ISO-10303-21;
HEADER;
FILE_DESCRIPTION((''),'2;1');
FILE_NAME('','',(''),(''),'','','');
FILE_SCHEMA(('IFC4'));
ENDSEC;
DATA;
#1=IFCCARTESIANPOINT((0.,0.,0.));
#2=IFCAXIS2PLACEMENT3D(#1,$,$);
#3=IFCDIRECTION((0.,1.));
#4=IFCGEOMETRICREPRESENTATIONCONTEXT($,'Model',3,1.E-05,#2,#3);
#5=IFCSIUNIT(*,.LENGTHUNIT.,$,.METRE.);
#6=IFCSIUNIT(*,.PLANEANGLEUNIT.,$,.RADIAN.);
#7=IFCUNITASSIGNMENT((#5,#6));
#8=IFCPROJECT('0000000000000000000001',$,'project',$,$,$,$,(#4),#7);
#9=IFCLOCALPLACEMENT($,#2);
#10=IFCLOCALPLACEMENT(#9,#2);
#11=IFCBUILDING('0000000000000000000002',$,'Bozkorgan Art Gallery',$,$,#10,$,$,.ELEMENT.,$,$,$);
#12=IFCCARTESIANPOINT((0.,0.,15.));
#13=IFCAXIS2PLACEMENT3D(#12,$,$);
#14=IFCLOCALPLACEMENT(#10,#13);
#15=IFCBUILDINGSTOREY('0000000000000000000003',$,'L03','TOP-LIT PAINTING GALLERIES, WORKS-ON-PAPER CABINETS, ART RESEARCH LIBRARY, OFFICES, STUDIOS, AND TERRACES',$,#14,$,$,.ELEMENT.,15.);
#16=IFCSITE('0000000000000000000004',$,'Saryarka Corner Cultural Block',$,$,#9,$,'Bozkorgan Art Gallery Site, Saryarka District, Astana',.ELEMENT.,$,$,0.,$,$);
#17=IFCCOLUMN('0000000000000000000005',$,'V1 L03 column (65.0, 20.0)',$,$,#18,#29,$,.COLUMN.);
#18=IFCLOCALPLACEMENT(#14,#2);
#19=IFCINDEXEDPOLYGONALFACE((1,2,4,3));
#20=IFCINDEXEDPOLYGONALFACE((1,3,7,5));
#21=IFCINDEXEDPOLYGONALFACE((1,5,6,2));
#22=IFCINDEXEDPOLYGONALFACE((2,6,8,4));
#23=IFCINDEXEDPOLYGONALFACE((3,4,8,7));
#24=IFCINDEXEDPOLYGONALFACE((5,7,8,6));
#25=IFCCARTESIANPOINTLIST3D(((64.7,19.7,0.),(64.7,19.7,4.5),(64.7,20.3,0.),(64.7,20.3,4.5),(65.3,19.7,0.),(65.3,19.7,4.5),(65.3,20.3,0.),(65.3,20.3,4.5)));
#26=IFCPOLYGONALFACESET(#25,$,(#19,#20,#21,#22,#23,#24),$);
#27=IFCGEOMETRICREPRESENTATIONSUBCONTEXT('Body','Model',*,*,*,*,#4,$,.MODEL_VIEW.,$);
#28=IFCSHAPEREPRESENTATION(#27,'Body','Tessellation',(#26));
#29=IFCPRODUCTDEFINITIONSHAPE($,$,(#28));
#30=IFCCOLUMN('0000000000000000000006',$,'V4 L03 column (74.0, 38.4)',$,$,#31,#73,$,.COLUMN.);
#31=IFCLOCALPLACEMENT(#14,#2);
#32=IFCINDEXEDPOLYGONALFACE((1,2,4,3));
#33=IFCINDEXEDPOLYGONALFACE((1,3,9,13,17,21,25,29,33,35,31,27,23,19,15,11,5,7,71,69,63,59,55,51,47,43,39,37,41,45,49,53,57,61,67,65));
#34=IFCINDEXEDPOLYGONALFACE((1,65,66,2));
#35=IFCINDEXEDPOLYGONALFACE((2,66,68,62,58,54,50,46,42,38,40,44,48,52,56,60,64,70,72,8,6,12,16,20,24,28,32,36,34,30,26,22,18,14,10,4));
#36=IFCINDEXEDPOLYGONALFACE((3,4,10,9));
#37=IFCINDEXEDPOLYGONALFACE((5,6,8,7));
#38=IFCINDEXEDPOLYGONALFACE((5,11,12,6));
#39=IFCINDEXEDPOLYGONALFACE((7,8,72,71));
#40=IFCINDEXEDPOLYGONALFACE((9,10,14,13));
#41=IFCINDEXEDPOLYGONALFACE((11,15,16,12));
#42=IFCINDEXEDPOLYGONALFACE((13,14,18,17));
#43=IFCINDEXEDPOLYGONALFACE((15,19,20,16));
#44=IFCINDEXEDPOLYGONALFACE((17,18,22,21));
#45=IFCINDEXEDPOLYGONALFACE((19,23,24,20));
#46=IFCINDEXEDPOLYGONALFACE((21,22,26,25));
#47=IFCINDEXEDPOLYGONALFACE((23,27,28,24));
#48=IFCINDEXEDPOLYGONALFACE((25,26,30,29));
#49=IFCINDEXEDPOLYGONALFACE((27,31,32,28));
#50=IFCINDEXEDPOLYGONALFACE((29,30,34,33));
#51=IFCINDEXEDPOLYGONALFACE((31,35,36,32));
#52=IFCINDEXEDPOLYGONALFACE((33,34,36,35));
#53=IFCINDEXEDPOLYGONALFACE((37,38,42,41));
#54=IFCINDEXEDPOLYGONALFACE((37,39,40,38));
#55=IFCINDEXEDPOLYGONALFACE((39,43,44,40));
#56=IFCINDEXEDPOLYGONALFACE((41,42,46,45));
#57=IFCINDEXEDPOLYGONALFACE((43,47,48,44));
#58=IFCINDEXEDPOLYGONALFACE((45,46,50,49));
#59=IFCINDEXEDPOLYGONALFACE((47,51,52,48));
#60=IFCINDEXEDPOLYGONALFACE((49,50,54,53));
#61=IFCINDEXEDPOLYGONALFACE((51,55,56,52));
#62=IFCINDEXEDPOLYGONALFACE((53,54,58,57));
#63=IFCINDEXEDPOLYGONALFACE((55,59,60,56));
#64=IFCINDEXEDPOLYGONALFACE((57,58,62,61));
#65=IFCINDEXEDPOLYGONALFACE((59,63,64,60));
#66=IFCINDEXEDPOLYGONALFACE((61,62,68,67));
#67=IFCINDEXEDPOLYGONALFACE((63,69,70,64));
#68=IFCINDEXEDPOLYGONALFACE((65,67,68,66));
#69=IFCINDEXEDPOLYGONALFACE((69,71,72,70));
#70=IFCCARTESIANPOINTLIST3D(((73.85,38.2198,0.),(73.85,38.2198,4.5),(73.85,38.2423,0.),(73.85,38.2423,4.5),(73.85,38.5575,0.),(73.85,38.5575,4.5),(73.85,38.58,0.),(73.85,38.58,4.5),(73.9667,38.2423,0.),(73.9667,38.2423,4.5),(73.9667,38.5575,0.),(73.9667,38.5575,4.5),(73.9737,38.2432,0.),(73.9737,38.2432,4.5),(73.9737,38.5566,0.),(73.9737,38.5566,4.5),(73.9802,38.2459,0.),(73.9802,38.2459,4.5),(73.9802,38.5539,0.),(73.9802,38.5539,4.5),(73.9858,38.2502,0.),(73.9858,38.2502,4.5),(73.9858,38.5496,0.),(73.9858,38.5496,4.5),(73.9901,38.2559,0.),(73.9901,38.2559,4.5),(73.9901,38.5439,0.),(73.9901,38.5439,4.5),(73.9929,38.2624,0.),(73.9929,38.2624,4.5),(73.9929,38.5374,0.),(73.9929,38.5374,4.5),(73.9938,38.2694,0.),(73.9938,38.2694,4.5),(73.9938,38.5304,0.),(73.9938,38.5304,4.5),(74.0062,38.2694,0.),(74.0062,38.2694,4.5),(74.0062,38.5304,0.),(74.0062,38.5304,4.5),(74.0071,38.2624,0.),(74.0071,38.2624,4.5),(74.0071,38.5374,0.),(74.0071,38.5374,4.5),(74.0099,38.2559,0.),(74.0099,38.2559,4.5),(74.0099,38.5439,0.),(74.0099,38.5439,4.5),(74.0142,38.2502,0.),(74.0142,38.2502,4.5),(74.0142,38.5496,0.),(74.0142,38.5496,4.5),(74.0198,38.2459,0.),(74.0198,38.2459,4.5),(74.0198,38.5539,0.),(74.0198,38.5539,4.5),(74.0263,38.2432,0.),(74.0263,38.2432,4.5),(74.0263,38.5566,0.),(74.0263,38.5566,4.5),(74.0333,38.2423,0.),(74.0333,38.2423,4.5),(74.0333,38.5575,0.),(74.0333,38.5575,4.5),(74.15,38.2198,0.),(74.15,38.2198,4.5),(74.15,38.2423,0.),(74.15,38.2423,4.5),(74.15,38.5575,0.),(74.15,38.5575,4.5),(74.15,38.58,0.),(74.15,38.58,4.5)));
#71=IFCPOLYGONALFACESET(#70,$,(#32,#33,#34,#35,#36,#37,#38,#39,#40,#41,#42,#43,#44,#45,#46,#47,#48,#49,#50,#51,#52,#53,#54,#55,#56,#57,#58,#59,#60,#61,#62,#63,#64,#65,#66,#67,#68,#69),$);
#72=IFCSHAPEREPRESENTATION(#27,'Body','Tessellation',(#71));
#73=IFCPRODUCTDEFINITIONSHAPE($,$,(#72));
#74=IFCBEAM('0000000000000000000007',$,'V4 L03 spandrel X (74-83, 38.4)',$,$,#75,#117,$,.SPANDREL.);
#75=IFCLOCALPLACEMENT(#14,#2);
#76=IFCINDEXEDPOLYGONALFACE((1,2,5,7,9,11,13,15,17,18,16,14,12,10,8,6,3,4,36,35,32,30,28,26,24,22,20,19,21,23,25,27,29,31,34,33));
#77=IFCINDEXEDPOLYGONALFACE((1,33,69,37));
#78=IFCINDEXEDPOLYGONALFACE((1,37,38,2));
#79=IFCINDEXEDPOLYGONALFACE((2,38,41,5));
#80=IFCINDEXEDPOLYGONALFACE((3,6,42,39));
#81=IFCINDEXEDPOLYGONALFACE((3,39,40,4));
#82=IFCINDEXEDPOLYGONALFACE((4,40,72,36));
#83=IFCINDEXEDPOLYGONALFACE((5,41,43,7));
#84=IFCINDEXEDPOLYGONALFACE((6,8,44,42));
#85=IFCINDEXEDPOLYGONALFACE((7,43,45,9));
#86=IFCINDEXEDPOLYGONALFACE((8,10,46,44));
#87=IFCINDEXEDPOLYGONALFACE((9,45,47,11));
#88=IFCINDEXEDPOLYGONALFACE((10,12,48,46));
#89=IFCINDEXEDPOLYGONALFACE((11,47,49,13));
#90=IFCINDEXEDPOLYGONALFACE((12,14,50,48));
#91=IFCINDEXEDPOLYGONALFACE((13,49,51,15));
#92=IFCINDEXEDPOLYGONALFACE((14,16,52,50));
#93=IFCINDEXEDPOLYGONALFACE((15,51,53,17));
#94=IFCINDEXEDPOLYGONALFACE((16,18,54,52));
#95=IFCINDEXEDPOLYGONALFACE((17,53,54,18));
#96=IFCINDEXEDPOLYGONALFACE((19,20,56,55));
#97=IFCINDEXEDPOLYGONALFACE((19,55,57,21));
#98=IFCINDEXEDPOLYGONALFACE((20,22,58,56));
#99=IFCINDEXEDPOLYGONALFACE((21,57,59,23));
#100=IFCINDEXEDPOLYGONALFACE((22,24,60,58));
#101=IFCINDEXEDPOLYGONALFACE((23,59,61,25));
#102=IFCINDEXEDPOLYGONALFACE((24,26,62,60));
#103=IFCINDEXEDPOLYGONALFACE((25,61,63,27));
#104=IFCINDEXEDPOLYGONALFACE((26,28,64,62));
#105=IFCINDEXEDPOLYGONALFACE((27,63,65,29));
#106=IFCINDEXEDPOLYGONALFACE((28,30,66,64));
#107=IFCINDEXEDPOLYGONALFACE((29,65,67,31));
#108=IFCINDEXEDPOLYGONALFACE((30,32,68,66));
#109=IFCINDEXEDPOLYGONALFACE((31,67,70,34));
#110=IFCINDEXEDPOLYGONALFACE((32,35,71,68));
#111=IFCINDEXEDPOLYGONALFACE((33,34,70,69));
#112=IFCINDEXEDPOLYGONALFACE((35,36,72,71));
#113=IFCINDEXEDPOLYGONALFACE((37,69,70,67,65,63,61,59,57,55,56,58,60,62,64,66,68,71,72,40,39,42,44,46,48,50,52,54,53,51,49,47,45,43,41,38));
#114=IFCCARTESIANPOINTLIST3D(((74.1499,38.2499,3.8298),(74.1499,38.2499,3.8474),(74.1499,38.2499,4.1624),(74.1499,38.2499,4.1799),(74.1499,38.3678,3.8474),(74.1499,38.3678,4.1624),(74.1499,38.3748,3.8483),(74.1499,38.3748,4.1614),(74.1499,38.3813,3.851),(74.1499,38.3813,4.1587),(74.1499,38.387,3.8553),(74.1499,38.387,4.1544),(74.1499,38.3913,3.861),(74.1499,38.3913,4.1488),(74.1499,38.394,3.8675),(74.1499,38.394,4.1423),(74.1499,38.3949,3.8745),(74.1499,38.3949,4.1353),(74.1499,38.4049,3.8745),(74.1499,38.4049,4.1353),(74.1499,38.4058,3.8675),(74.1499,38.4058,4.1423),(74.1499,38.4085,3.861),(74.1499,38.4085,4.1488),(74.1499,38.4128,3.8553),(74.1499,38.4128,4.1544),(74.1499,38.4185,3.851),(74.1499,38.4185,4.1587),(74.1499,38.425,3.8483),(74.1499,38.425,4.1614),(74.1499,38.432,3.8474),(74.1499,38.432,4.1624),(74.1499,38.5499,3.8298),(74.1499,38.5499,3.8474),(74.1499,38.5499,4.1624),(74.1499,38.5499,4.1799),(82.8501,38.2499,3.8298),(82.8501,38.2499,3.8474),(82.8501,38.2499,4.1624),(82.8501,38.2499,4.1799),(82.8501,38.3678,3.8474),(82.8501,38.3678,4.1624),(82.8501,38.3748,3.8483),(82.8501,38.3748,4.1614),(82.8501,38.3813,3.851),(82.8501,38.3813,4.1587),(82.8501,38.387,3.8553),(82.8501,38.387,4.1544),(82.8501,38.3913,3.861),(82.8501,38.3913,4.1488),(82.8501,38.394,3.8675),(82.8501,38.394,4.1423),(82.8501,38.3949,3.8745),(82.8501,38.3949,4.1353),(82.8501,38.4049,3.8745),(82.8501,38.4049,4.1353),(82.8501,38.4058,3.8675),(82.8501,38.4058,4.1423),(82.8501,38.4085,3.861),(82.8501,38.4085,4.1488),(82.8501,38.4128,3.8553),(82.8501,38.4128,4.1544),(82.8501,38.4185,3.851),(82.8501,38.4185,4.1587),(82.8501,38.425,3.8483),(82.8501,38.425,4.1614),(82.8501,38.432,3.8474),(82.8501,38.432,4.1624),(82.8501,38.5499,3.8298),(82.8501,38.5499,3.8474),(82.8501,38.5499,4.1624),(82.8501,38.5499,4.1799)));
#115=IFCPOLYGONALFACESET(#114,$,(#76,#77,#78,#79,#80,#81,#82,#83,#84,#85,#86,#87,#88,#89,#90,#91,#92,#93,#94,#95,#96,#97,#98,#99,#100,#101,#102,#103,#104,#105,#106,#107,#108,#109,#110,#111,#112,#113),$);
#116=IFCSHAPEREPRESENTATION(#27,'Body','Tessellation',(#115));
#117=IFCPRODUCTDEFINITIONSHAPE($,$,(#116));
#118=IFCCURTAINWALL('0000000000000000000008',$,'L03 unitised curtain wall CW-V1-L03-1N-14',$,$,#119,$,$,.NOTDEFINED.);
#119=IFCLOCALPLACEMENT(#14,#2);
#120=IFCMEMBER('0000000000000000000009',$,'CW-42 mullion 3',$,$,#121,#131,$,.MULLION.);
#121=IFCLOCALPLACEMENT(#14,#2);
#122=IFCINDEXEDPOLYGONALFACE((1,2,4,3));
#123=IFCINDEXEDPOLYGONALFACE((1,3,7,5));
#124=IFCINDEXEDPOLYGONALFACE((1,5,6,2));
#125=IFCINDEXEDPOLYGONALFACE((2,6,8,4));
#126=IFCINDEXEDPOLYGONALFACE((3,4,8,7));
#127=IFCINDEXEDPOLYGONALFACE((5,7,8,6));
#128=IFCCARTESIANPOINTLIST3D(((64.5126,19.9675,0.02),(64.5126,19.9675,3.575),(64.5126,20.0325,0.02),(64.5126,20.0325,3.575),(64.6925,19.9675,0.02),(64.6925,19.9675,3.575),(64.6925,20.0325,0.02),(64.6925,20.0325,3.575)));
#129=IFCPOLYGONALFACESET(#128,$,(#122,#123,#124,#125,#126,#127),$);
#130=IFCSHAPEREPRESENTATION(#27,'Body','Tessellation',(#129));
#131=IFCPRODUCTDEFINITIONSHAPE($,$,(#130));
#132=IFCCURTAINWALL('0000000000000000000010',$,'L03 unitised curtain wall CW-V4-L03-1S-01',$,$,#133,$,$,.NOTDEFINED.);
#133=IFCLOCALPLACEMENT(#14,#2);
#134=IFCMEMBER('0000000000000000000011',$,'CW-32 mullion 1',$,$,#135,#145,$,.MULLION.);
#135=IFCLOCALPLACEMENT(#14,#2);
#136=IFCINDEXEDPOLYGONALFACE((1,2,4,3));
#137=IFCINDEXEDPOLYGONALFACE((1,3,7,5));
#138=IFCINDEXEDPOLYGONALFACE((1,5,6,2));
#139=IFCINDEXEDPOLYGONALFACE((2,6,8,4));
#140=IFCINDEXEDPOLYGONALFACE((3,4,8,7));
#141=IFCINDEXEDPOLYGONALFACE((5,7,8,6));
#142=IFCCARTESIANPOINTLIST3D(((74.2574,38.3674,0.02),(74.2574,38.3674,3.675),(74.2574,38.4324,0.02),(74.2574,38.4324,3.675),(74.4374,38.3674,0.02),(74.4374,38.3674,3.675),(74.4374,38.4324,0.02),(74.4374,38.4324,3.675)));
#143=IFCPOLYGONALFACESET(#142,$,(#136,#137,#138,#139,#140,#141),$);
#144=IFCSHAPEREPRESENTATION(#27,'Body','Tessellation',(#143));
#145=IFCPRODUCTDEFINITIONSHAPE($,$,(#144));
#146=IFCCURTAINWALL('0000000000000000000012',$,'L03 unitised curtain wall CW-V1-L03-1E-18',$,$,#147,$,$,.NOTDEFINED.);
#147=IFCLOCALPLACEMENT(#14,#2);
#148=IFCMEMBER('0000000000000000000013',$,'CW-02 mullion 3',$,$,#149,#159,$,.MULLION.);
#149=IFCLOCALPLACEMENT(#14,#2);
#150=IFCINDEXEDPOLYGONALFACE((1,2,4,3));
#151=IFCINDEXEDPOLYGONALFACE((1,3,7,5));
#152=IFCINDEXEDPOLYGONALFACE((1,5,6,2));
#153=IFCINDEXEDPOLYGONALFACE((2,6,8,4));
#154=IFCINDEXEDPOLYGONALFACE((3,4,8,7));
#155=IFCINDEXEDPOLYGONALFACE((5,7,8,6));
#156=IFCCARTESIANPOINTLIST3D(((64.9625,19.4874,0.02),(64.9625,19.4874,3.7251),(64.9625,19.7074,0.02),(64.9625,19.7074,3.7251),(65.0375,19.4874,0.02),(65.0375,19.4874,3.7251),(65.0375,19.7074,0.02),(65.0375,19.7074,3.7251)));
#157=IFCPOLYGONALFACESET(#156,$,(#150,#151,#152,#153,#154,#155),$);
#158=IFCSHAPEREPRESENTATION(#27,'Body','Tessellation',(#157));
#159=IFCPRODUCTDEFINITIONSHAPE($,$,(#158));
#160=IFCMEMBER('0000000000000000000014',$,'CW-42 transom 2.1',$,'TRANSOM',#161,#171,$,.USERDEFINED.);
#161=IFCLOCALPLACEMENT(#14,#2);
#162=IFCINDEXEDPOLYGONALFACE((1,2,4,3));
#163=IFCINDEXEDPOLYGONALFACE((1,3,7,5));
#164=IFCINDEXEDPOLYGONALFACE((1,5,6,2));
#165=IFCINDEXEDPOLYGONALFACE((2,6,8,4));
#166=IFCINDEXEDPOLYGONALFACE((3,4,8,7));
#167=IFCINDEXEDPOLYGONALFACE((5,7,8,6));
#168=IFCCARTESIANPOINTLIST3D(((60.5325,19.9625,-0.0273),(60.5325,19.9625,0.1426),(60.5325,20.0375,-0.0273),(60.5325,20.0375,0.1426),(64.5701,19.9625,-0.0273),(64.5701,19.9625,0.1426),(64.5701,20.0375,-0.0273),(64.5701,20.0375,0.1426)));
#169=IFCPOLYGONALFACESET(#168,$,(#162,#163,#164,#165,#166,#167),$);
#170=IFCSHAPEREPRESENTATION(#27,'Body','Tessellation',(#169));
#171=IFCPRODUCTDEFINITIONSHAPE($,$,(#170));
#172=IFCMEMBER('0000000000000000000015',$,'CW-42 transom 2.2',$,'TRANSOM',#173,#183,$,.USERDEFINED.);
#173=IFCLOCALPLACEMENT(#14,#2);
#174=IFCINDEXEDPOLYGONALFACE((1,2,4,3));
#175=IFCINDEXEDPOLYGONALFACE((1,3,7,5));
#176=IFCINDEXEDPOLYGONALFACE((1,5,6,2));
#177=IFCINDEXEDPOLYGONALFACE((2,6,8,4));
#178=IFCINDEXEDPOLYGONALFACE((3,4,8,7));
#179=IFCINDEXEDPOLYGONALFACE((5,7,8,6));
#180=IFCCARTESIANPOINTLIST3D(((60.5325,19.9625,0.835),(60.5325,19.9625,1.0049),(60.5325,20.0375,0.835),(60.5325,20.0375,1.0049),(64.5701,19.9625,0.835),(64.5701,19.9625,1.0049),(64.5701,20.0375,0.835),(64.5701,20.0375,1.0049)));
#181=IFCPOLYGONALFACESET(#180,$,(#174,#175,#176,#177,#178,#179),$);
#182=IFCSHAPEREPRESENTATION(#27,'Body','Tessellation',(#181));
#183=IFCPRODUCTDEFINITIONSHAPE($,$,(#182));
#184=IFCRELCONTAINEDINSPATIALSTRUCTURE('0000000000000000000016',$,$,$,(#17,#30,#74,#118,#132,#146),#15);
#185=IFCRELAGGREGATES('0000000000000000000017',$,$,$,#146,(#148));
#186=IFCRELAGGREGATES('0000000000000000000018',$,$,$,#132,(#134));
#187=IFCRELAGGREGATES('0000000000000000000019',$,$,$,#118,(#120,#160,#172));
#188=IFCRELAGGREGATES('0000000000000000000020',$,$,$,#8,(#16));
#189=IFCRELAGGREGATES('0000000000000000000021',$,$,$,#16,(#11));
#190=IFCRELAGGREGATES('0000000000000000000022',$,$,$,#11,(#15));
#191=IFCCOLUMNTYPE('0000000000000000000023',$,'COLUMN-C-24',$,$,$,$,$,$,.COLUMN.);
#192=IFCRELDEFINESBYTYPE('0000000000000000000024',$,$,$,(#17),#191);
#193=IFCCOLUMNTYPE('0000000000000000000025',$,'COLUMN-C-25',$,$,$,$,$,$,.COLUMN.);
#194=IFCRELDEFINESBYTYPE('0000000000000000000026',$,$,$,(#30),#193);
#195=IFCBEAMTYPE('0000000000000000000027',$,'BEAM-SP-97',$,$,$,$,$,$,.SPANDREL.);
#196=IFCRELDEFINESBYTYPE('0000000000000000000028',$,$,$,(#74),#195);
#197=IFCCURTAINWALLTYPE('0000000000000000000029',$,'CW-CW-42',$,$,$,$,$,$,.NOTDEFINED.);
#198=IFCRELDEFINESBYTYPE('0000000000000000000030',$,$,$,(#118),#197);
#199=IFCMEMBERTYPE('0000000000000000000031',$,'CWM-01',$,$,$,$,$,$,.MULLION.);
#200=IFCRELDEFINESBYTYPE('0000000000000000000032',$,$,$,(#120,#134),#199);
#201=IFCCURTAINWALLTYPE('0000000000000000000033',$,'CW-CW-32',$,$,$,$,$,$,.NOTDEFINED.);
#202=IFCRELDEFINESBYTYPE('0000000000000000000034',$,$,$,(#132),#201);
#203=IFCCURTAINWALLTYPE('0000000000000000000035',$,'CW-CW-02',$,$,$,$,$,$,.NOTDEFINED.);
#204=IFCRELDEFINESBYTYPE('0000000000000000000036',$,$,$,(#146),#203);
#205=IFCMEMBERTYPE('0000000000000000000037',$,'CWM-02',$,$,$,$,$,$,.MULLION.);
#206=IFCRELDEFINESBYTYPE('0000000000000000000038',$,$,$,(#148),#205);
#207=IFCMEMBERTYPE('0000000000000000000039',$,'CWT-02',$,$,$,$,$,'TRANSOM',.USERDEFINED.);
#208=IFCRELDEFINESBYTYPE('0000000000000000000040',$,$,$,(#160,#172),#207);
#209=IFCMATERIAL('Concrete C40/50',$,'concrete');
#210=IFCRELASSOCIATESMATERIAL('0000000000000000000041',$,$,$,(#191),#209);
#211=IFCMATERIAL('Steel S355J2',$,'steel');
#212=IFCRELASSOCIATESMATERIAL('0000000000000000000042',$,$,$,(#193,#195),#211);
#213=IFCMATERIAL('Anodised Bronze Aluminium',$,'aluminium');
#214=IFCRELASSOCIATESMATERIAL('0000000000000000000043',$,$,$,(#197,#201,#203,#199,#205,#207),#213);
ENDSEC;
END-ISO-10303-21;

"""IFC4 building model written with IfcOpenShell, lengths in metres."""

from ifc_helpers import new_model, si_unit, direction, frame, origin, origin_2d, place, context, subcontext, project, spatial, rectangle, i_section, extrude, material, material_profile, profile_set, type_object, element, aggregate, save


model = new_model("IFC4")

# Units and contexts
model_context = context("Model", 3, precision=1e-05, world=origin(), true_north=direction((0.0, 1.0)))
body_context = subcontext(model_context, "Body", "Model", "MODEL_VIEW")
ifc_project = project(units=[si_unit("LENGTHUNIT", "METRE"), si_unit("PLANEANGLEUNIT", "RADIAN")], contexts=[model_context])

# Site, building, storey
site_placement = place(None, origin())
site = spatial("IfcSite", under=ifc_project, at=site_placement, Name="Saryarka Corner Cultural Block", LongName="Bozkorgan Art Gallery Site, Saryarka District, Astana", CompositionType="ELEMENT", RefElevation=0.0)
building_placement = place(site_placement, origin())
building = spatial("IfcBuilding", under=site, at=building_placement, Name="Bozkorgan Art Gallery", CompositionType="ELEMENT")
storey_placement = place(building_placement, frame((0.0, 0.0, 15.0)))
storey = spatial("IfcBuildingStorey", under=building, at=storey_placement, Name="L03", Description="TOP-LIT PAINTING GALLERIES, WORKS-ON-PAPER CABINETS, ART RESEARCH LIBRARY, OFFICES, STUDIOS, AND TERRACES", CompositionType="ELEMENT", Elevation=15.0)

# Columns
ifc_material_1 = material(Name="Concrete C40/50", Category="concrete")
ifc_material_profile_1 = material_profile(ifc_material_1, rectangle(XDim=0.6001, YDim=0.6001, at=origin_2d()), Name="RC 600x600")
ifc_profile_set_1 = profile_set([ifc_material_profile_1], Name="Concrete C40/50")
column_type_1 = type_object("IfcColumnType", Name="COLUMN-C-24", PredefinedType="COLUMN", material=ifc_profile_set_1)
column_1_placement = place(storey_placement, frame((65.0, 20.0, 0.0), z_axis=(0.0, 0.0, 1.0), x_axis=(1.0, 0.0, 0.0)))
element("IfcColumn", 1, at=column_1_placement, inside=storey, type_object=column_type_1, Name="V1 L03 column (65.0, 20.0)", PredefinedType="COLUMN", context=body_context, shape_type="SweptSolid", body=[
    extrude(rectangle(XDim=0.6001, YDim=0.6001, at=origin_2d()), origin(), (0.0, 0.0, 1.0), 4.5),
])
ifc_material_2 = material(Name="Steel S355J2", Category="steel")
ifc_material_profile_2 = material_profile(ifc_material_2, i_section(OverallWidth=0.3, OverallDepth=0.3601, WebThickness=0.0125, FlangeThickness=0.0225, FilletRadius=0.0271, at=origin_2d()), Name="HEB 360")
ifc_profile_set_2 = profile_set([ifc_material_profile_2], Name="Steel S355J2")
column_type_2 = type_object("IfcColumnType", Name="COLUMN-C-25", PredefinedType="COLUMN", material=ifc_profile_set_2)
column_2_placement = place(storey_placement, frame((74.0, 38.3999, 0.0), z_axis=(0.0, 0.0, 1.0), x_axis=(1.0, 0.0, 0.0)))
element("IfcColumn", 2, at=column_2_placement, inside=storey, type_object=column_type_2, Name="V4 L03 column (74.0, 38.4)", PredefinedType="COLUMN", context=body_context, shape_type="SweptSolid", body=[
    extrude(i_section(OverallWidth=0.3, OverallDepth=0.3601, WebThickness=0.0125, FlangeThickness=0.0225, FilletRadius=0.0271, at=origin_2d()), origin(), (0.0, 0.0, 1.0), 4.5),
])

# Beam
ifc_material_profile_3 = material_profile(ifc_material_2, i_section(OverallWidth=0.3, OverallDepth=0.3501, WebThickness=0.01, FlangeThickness=0.0176, FilletRadius=0.0271, at=origin_2d()), Name="HEA 360")
ifc_profile_set_3 = profile_set([ifc_material_profile_3], Name="Steel S355J2")
beam_type = type_object("IfcBeamType", Name="BEAM-SP-97", PredefinedType="SPANDREL", material=ifc_profile_set_3)
beam_placement = place(storey_placement, frame((74.1499, 38.3999, 4.0049), z_axis=(1.0, 0.0, 0.0), x_axis=(0.0, 1.0, 0.0)))
element("IfcBeam", 3, at=beam_placement, inside=storey, type_object=beam_type, Name="V4 L03 spandrel X (74-83, 38.4)", PredefinedType="SPANDREL", context=body_context, shape_type="SweptSolid", body=[
    extrude(i_section(OverallWidth=0.3, OverallDepth=0.3501, WebThickness=0.01, FlangeThickness=0.0176, FilletRadius=0.0271, at=origin_2d()), origin(), (0.0, 0.0, 1.0), 8.7002),
])

# Curtain walls, members
ifc_material_3 = material(Name="Anodised Bronze Aluminium", Category="aluminium")
curtain_wall_type_1 = type_object("IfcCurtainWallType", Name="CW-CW-42", PredefinedType="NOTDEFINED", material=ifc_material_3)
curtain_wall_1_placement = place(storey_placement, origin())
curtain_wall_1 = element("IfcCurtainWall", 4, at=curtain_wall_1_placement, inside=storey, type_object=curtain_wall_type_1, Name="L03 unitised curtain wall CW-V1-L03-1N-14", PredefinedType="NOTDEFINED")
ifc_material_profile_4 = material_profile(ifc_material_3, rectangle(XDim=0.0649, YDim=0.1799, at=origin_2d()), Name="ALU MULLION 65x180")
ifc_profile_set_4 = profile_set([ifc_material_profile_4], Name="Anodised Bronze Aluminium")
member_type_1 = type_object("IfcMemberType", Name="CWM-01", PredefinedType="MULLION", material=ifc_profile_set_4)
member_1_placement = place(storey_placement, frame((64.6025, 20.0, 0.02), z_axis=(0.0, 0.0, 1.0), x_axis=(0.0, 1.0, 0.0)))
member_1 = element("IfcMember", 5, at=member_1_placement, type_object=member_type_1, Name="CW-42 mullion 3", PredefinedType="MULLION", context=body_context, shape_type="SweptSolid", body=[
    extrude(rectangle(XDim=0.0649, YDim=0.1799, at=origin_2d()), origin(), (0.0, 0.0, 1.0), 3.5549),
])
curtain_wall_type_2 = type_object("IfcCurtainWallType", Name="CW-CW-32", PredefinedType="NOTDEFINED", material=ifc_material_3)
curtain_wall_2_placement = place(storey_placement, origin())
curtain_wall_2 = element("IfcCurtainWall", 6, at=curtain_wall_2_placement, inside=storey, type_object=curtain_wall_type_2, Name="L03 unitised curtain wall CW-V4-L03-1S-01", PredefinedType="NOTDEFINED")
member_2_placement = place(storey_placement, frame((74.3474, 38.3999, 0.02), z_axis=(0.0, 0.0, 1.0), x_axis=(0.0, 1.0, 0.0)))
member_2 = element("IfcMember", 7, at=member_2_placement, type_object=member_type_1, Name="CW-32 mullion 1", PredefinedType="MULLION", context=body_context, shape_type="SweptSolid", body=[
    extrude(rectangle(XDim=0.0649, YDim=0.1799, at=origin_2d()), origin(), (0.0, 0.0, 1.0), 3.655),
])
curtain_wall_type_3 = type_object("IfcCurtainWallType", Name="CW-CW-02", PredefinedType="NOTDEFINED", material=ifc_material_3)
curtain_wall_3_placement = place(storey_placement, origin())
curtain_wall_3 = element("IfcCurtainWall", 8, at=curtain_wall_3_placement, inside=storey, type_object=curtain_wall_type_3, Name="L03 unitised curtain wall CW-V1-L03-1E-18", PredefinedType="NOTDEFINED")
ifc_material_profile_5 = material_profile(ifc_material_3, rectangle(XDim=0.075, YDim=0.22, at=origin_2d()), Name="ALU MULLION 75x220")
ifc_profile_set_5 = profile_set([ifc_material_profile_5], Name="Anodised Bronze Aluminium")
member_type_2 = type_object("IfcMemberType", Name="CWM-02", PredefinedType="MULLION", material=ifc_profile_set_5)
member_3_placement = place(storey_placement, frame((65.0, 19.5974, 0.02), z_axis=(0.0, 0.0, 1.0), x_axis=(-1.0, 0.0, 0.0)))
member_3 = element("IfcMember", 9, at=member_3_placement, type_object=member_type_2, Name="CW-02 mullion 3", PredefinedType="MULLION", context=body_context, shape_type="SweptSolid", body=[
    extrude(rectangle(XDim=0.075, YDim=0.22, at=origin_2d()), origin(), (0.0, 0.0, 1.0), 3.7051),
])
aggregate(curtain_wall_3, [member_3])

# Members
ifc_material_profile_6 = material_profile(ifc_material_3, rectangle(XDim=0.075, YDim=0.1699, at=origin_2d()), Name="ALU TRANSOM 75x170")
ifc_profile_set_6 = profile_set([ifc_material_profile_6], Name="Anodised Bronze Aluminium")
member_type_3 = type_object("IfcMemberType", Name="CWT-02", ElementType="TRANSOM", PredefinedType="USERDEFINED", material=ifc_profile_set_6)
member_4_placement = place(storey_placement, frame((60.5325, 20.0, 0.0576), z_axis=(1.0, 0.0, 0.0), x_axis=(0.0, 1.0, 0.0)))
member_4 = element("IfcMember", 10, at=member_4_placement, type_object=member_type_3, Name="CW-42 transom 2.1", ObjectType="TRANSOM", PredefinedType="USERDEFINED", context=body_context, shape_type="SweptSolid", body=[
    extrude(rectangle(XDim=0.075, YDim=0.1699, at=origin_2d()), origin(), (0.0, 0.0, 1.0), 4.0376),
])
member_5_placement = place(storey_placement, frame((60.5325, 20.0, 0.9199), z_axis=(1.0, 0.0, 0.0), x_axis=(0.0, 1.0, 0.0)))
member_5 = element("IfcMember", 11, at=member_5_placement, type_object=member_type_3, Name="CW-42 transom 2.2", ObjectType="TRANSOM", PredefinedType="USERDEFINED", context=body_context, shape_type="SweptSolid", body=[
    extrude(rectangle(XDim=0.075, YDim=0.1699, at=origin_2d()), origin(), (0.0, 0.0, 1.0), 4.0376),
])
aggregate(curtain_wall_2, [member_2])

aggregate(curtain_wall_1, [member_1, member_4, member_5])

save(model, "model.ifc")
